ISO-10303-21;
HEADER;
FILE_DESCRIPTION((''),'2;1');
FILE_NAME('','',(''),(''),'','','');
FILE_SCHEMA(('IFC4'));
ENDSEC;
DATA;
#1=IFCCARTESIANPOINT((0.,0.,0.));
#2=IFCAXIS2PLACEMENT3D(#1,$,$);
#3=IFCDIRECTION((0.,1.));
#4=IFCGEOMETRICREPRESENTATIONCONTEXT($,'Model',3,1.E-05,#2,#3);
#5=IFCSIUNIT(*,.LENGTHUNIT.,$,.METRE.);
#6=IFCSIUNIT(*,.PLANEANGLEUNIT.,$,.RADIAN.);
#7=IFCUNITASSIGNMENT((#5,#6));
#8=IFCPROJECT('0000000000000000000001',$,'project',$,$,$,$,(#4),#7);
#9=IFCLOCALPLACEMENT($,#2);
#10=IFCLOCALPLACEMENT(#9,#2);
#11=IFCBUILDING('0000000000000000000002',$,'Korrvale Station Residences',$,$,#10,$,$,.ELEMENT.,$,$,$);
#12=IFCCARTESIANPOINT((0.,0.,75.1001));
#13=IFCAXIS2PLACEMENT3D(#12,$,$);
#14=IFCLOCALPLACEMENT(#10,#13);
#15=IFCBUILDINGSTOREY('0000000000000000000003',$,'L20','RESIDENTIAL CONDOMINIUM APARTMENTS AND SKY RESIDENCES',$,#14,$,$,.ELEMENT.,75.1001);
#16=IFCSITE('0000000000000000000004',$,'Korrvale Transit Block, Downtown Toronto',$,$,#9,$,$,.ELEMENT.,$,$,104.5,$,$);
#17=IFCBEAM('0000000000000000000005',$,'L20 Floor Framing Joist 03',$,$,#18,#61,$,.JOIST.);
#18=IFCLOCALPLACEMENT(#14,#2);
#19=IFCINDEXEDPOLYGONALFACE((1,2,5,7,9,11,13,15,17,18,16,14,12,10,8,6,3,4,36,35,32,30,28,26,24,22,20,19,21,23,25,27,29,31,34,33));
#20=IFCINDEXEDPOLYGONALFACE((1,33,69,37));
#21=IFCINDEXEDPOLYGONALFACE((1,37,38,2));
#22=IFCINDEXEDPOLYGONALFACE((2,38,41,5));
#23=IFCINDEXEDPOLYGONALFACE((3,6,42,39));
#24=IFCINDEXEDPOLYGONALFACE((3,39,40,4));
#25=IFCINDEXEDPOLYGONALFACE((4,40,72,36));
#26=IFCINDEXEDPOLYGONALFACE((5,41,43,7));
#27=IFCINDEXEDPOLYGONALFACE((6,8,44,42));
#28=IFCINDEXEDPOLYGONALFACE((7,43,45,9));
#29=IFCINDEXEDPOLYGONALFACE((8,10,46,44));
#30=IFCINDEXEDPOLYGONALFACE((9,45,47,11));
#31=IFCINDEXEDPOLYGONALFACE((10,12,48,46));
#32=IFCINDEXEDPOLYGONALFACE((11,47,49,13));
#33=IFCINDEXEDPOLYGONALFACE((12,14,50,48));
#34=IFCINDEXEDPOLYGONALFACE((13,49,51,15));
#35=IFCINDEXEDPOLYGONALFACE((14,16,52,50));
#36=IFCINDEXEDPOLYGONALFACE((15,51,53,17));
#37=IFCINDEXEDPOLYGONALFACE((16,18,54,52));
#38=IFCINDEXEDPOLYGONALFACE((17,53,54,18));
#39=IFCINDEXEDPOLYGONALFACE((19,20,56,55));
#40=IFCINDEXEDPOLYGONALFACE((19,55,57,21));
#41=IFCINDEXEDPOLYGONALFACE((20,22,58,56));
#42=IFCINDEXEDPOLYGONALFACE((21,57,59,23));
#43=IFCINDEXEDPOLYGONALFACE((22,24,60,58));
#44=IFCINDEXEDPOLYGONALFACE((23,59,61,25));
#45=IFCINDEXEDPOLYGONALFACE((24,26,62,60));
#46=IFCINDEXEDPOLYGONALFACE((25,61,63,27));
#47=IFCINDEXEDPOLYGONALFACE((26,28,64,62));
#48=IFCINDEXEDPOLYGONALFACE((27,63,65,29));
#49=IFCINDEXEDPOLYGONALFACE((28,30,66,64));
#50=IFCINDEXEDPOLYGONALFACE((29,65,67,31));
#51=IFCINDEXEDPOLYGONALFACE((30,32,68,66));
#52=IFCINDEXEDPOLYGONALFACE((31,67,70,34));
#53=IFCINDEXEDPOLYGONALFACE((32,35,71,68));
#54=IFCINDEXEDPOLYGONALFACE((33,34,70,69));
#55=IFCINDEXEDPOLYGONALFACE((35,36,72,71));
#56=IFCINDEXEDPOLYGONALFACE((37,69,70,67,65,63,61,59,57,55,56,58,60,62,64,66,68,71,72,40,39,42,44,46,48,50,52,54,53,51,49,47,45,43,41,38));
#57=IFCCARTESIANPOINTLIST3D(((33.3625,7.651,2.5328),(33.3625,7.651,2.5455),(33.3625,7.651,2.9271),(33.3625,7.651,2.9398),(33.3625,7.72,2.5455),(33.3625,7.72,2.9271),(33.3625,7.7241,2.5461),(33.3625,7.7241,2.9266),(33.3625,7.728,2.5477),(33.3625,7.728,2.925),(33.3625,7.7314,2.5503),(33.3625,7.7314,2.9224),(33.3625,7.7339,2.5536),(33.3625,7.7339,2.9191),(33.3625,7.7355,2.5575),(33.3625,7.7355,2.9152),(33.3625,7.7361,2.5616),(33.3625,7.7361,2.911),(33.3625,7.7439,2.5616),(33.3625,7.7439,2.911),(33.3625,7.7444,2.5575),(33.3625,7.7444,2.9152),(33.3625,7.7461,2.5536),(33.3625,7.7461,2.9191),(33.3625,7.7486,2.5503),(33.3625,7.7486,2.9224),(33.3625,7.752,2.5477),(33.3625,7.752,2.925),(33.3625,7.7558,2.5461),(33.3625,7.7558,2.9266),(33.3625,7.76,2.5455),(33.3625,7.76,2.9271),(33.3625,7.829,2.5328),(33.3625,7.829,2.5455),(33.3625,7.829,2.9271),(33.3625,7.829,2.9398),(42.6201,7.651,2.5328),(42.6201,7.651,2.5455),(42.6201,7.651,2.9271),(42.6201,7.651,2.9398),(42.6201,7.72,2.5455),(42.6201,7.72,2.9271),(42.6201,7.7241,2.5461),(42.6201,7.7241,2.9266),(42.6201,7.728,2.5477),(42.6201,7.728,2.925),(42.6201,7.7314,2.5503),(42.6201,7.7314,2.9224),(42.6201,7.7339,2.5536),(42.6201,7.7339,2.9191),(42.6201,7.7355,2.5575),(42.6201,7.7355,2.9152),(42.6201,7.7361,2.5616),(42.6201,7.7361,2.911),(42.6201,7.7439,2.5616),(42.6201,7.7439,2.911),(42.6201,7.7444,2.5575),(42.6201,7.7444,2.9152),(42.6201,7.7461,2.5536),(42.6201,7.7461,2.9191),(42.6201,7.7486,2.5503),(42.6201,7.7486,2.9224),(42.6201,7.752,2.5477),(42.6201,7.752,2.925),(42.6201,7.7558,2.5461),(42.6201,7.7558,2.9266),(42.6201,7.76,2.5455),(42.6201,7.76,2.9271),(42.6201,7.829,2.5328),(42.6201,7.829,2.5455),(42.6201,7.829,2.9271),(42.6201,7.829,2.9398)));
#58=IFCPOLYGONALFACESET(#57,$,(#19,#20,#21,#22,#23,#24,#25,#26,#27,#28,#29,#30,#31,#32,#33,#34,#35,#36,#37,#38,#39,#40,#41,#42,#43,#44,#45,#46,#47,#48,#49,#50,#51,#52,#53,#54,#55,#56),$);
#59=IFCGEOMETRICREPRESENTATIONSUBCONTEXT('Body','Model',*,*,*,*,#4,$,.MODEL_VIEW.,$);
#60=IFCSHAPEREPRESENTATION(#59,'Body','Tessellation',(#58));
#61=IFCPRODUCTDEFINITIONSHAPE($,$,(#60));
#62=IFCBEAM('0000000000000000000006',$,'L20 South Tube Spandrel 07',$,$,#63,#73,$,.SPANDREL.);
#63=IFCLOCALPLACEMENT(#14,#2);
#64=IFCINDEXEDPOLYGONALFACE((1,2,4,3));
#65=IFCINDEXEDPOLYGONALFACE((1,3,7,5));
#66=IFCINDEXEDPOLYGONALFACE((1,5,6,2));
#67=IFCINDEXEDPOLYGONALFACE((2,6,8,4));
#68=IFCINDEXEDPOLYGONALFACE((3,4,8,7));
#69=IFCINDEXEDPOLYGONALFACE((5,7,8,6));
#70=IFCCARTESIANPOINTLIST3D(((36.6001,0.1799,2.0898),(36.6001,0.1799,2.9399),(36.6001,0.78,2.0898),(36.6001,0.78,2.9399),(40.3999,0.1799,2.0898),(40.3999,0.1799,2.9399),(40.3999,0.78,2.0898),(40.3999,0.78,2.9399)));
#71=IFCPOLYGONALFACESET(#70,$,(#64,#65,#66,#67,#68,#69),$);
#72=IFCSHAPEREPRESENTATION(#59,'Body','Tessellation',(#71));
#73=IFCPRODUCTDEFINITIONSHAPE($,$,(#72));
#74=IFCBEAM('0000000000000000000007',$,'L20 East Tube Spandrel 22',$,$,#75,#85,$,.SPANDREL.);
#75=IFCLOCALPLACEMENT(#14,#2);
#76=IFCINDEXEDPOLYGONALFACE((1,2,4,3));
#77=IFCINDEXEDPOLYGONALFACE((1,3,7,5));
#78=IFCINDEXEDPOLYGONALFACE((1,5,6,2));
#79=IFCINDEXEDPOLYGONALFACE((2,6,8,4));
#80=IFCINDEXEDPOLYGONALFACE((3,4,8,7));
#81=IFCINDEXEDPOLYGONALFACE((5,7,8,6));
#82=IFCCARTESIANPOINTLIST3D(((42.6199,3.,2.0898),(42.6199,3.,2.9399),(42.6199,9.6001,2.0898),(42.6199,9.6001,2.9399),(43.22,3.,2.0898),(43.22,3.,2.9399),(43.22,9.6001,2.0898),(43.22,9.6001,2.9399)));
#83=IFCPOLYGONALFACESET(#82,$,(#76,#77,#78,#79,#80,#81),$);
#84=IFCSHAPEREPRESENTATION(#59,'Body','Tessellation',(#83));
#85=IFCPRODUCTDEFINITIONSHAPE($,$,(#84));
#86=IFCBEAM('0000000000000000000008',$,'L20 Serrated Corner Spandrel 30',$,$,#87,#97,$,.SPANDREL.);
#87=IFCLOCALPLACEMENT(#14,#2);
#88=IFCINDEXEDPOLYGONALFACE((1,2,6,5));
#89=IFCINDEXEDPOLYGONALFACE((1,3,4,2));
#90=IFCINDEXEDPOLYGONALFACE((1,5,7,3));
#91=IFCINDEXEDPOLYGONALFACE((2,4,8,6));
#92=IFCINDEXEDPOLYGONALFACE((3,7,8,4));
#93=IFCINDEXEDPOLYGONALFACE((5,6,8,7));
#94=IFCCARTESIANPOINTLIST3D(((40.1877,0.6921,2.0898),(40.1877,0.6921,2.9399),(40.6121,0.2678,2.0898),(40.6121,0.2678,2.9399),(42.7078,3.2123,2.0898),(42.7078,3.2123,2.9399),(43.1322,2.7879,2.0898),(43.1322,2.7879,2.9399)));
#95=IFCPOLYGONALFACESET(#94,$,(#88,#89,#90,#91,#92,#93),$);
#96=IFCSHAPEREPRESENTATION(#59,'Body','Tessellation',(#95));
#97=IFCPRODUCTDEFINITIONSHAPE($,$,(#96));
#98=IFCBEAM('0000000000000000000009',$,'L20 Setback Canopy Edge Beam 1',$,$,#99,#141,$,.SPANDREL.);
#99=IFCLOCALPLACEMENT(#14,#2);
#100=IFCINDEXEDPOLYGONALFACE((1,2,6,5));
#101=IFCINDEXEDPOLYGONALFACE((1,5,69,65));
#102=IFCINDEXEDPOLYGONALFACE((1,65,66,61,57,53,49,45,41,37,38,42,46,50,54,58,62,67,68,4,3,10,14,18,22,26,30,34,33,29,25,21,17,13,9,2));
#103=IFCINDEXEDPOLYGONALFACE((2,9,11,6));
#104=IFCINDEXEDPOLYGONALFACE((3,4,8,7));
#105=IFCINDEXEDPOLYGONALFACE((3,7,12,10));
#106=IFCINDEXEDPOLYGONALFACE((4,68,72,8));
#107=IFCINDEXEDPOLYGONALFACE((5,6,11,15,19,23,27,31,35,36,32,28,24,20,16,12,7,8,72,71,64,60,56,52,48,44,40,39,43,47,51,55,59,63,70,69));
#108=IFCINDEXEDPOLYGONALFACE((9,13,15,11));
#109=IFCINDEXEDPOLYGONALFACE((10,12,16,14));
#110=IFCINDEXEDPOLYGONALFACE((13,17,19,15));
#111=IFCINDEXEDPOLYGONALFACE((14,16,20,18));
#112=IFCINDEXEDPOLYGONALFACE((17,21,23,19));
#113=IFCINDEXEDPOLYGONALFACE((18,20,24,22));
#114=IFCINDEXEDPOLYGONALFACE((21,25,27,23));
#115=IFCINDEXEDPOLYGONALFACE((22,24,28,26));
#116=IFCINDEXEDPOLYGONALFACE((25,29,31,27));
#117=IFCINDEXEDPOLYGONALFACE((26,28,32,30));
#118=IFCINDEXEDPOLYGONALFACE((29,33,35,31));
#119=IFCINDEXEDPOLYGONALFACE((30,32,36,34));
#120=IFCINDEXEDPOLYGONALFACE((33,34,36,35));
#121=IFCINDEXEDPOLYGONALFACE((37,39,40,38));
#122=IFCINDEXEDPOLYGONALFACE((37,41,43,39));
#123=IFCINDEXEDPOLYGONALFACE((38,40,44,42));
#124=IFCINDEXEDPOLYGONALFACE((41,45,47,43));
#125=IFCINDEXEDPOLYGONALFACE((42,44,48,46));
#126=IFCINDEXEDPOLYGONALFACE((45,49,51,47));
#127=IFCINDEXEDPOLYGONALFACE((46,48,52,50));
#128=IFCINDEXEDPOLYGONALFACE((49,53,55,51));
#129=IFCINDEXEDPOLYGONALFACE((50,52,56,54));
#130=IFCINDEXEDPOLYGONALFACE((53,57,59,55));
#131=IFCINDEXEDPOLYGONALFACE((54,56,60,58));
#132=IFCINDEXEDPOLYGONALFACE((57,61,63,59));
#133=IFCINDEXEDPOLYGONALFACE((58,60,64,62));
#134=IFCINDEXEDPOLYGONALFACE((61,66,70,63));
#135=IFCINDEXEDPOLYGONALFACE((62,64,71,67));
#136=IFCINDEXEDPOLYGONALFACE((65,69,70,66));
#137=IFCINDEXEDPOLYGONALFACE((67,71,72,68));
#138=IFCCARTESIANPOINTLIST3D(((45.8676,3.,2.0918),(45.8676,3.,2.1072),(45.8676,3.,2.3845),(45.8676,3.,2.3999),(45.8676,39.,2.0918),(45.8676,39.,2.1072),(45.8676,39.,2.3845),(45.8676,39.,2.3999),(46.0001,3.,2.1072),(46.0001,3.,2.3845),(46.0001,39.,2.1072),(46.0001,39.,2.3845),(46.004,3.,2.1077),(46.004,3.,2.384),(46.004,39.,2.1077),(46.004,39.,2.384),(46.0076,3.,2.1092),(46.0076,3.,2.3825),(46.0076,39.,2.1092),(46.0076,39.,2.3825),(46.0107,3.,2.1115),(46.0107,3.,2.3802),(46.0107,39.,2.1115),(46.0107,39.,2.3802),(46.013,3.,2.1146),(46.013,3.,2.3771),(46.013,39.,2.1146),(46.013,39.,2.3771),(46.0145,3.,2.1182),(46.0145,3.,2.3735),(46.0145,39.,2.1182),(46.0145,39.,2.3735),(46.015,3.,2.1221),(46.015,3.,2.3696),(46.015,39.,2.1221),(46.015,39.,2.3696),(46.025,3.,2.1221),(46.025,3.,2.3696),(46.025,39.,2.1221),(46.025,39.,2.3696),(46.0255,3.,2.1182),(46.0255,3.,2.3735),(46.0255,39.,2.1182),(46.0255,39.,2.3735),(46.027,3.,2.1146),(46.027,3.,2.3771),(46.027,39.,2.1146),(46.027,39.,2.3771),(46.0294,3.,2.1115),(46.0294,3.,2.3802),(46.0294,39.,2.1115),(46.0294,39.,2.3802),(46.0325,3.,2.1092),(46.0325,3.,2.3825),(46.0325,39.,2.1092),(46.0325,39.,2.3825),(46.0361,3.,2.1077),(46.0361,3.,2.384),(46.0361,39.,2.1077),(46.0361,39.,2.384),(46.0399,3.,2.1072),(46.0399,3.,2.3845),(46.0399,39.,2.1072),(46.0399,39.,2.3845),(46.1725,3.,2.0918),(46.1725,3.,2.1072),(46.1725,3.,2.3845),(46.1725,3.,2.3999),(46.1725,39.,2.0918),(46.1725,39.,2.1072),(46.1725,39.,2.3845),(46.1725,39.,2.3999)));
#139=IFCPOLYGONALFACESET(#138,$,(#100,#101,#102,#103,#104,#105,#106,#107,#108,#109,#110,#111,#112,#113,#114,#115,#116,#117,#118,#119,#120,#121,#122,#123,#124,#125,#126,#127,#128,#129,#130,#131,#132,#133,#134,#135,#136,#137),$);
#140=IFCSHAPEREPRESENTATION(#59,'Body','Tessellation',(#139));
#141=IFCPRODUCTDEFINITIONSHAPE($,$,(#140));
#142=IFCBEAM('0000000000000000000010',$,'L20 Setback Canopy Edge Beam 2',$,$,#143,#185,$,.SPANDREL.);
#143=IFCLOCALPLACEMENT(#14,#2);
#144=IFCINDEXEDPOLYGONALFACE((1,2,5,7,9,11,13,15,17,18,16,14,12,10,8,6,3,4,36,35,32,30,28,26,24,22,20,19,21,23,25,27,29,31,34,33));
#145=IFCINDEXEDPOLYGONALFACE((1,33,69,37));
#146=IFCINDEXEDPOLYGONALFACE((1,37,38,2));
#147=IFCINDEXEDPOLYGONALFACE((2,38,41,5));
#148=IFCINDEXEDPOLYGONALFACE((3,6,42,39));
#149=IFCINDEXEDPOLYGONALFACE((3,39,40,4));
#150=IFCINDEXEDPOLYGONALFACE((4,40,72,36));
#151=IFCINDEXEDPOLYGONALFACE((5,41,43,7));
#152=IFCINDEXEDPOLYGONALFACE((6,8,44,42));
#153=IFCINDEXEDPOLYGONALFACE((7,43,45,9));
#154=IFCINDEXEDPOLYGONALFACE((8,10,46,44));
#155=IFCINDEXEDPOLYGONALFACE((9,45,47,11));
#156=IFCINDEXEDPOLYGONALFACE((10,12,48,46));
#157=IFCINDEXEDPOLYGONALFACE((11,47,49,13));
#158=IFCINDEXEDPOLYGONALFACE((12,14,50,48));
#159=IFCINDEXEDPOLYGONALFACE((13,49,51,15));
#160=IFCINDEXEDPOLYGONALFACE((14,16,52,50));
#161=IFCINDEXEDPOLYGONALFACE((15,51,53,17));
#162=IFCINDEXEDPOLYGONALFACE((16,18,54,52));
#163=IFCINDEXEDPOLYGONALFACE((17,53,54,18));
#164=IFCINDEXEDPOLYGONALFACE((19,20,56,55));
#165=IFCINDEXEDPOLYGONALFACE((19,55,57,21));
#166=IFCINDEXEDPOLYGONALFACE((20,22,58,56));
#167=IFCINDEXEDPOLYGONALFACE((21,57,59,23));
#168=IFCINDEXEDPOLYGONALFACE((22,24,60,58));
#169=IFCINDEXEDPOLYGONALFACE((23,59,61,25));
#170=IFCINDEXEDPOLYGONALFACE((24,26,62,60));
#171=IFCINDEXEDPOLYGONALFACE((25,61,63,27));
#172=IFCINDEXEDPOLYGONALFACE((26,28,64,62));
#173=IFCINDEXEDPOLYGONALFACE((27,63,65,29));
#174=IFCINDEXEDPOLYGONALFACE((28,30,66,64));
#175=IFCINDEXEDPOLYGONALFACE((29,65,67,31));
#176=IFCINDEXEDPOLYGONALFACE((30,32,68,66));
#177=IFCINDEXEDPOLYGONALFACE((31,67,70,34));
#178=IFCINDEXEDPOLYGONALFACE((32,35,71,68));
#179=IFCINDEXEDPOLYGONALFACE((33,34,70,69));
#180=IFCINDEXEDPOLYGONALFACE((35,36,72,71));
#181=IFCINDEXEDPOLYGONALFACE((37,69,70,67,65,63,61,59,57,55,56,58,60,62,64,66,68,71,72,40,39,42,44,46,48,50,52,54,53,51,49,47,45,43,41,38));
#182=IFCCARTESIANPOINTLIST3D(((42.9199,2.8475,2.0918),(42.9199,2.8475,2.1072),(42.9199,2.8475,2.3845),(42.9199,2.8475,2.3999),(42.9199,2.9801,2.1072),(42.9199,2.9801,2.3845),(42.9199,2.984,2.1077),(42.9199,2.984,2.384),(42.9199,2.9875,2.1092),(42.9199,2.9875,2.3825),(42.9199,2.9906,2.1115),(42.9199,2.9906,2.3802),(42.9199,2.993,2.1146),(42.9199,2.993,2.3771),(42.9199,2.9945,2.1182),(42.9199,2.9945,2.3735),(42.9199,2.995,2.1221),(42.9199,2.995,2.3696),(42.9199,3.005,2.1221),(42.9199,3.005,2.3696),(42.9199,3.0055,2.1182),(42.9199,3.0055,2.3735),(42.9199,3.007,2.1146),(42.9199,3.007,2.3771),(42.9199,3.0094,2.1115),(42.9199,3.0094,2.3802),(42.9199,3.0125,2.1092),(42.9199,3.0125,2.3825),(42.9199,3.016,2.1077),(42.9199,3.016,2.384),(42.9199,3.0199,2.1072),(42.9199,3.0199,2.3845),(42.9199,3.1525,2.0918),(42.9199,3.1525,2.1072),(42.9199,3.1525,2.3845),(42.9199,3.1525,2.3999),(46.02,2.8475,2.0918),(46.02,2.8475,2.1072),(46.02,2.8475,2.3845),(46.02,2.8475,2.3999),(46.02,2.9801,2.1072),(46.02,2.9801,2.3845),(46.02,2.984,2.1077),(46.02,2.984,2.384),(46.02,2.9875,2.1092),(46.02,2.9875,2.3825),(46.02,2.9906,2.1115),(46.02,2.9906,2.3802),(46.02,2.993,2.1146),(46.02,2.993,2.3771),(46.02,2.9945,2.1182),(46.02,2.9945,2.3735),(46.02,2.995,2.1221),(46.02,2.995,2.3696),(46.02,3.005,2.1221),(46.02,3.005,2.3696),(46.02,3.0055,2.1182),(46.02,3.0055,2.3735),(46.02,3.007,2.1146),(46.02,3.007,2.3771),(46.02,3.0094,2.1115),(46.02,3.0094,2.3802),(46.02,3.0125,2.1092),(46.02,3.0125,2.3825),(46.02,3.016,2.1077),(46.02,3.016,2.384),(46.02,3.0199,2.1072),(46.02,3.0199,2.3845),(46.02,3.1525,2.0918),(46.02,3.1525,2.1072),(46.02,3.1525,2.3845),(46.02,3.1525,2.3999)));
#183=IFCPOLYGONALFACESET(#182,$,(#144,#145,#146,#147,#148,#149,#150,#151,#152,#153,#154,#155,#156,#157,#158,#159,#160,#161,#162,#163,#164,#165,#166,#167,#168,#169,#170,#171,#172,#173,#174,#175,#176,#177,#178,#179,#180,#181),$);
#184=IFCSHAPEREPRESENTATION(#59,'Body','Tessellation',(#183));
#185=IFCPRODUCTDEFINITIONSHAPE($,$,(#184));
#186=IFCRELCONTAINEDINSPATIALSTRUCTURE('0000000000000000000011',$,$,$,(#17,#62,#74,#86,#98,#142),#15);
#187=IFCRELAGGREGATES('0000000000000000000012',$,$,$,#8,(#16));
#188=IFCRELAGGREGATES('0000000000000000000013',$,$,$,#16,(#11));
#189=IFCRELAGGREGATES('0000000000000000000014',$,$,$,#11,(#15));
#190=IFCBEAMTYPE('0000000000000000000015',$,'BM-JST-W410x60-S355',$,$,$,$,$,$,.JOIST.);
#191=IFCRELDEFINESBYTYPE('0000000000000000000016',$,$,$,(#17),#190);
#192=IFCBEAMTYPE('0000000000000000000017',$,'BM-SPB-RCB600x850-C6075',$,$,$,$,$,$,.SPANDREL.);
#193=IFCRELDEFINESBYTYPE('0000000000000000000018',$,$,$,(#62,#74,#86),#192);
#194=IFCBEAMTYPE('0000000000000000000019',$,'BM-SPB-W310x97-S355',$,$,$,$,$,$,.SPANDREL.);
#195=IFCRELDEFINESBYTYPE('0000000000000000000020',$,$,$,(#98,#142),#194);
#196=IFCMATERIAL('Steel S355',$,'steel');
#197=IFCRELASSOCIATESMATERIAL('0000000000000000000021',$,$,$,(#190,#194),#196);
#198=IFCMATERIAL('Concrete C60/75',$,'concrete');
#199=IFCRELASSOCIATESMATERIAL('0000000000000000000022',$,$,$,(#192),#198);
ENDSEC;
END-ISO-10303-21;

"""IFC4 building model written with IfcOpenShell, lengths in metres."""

from ifc_helpers import new_model, si_unit, direction, frame, origin, origin_2d, place, context, subcontext, project, spatial, rectangle, i_section, extrude, material, material_profile, profile_set, type_object, element, save


model = new_model("IFC4")

# Units and contexts
model_context = context("Model", 3, precision=1e-05, world=origin(), true_north=direction((0.0, 1.0)))
body_context = subcontext(model_context, "Body", "Model", "MODEL_VIEW")
ifc_project = project(units=[si_unit("LENGTHUNIT", "METRE"), si_unit("PLANEANGLEUNIT", "RADIAN")], contexts=[model_context])

# Site, building, storey
site_placement = place(None, origin())
site = spatial("IfcSite", under=ifc_project, at=site_placement, Name="Korrvale Transit Block, Downtown Toronto", CompositionType="ELEMENT", RefElevation=104.5)
building_placement = place(site_placement, origin())
building = spatial("IfcBuilding", under=site, at=building_placement, Name="Korrvale Station Residences", CompositionType="ELEMENT")
storey_placement = place(building_placement, frame((0.0, 0.0, 75.1001)))
storey = spatial("IfcBuildingStorey", under=building, at=storey_placement, Name="L20", Description="RESIDENTIAL CONDOMINIUM APARTMENTS AND SKY RESIDENCES", CompositionType="ELEMENT", Elevation=75.1001)

# Shared definitions
ifc_material_1 = material(Name="Steel S355", Category="steel")
ifc_material_2 = material(Name="Concrete C60/75", Category="concrete")

# Beams
ifc_material_profile_1 = material_profile(ifc_material_1, i_section(OverallWidth=0.178, OverallDepth=0.407, WebThickness=0.0078, FlangeThickness=0.0127, FilletRadius=0.0161, at=origin_2d()), Name="W410x60")
ifc_profile_set_1 = profile_set([ifc_material_profile_1], Name="Steel S355")
beam_type_1 = type_object("IfcBeamType", Name="BM-JST-W410x60-S355", PredefinedType="JOIST", material=ifc_profile_set_1)
beam_1_placement = place(storey_placement, frame((33.3625, 7.74, 2.7363), z_axis=(1.0, 0.0, 0.0), x_axis=(0.0, 1.0, 0.0)))
element("IfcBeam", 1, at=beam_1_placement, inside=storey, type_object=beam_type_1, Name="L20 Floor Framing Joist 03", PredefinedType="JOIST", context=body_context, shape_type="SweptSolid", body=[
    extrude(i_section(OverallWidth=0.178, OverallDepth=0.407, WebThickness=0.0078, FlangeThickness=0.0127, FilletRadius=0.0161, at=origin_2d()), origin(), (0.0, 0.0, 1.0), 9.2576),
])
ifc_material_profile_2 = material_profile(ifc_material_2, rectangle(XDim=0.6001, YDim=0.8501, at=origin_2d()), Name="RCB600x850")
ifc_profile_set_2 = profile_set([ifc_material_profile_2], Name="Concrete C60/75")
beam_type_2 = type_object("IfcBeamType", Name="BM-SPB-RCB600x850-C6075", PredefinedType="SPANDREL", material=ifc_profile_set_2)
beam_2_placement = place(storey_placement, frame((36.6001, 0.48, 2.5149), z_axis=(1.0, 0.0, 0.0), x_axis=(0.0, 1.0, 0.0)))
element("IfcBeam", 2, at=beam_2_placement, inside=storey, type_object=beam_type_2, Name="L20 South Tube Spandrel 07", PredefinedType="SPANDREL", context=body_context, shape_type="SweptSolid", body=[
    extrude(rectangle(XDim=0.6001, YDim=0.8501, at=origin_2d()), origin(), (0.0, 0.0, 1.0), 3.7998),
])
beam_3_placement = place(storey_placement, frame((42.9199, 3.0, 2.5149), z_axis=(0.0, 1.0, 0.0), x_axis=(-1.0, 0.0, 0.0)))
element("IfcBeam", 3, at=beam_3_placement, inside=storey, type_object=beam_type_2, Name="L20 East Tube Spandrel 22", PredefinedType="SPANDREL", context=body_context, shape_type="SweptSolid", body=[
    extrude(rectangle(XDim=0.6001, YDim=0.8501, at=origin_2d()), origin(), (0.0, 0.0, 1.0), 6.6001),
])
beam_4_placement = place(storey_placement, frame((40.3999, 0.48, 2.5149), z_axis=(0.707107, 0.707107, 0.0), x_axis=(-0.707107, 0.707107, 0.0)))
element("IfcBeam", 4, at=beam_4_placement, inside=storey, type_object=beam_type_2, Name="L20 Serrated Corner Spandrel 30", PredefinedType="SPANDREL", context=body_context, shape_type="SweptSolid", body=[
    extrude(rectangle(XDim=0.6001, YDim=0.8501, at=origin_2d()), origin(), (0.0, 0.0, 1.0), 3.564),
])
ifc_material_profile_3 = material_profile(ifc_material_1, i_section(OverallWidth=0.3049, OverallDepth=0.3081, WebThickness=0.01, FlangeThickness=0.0154, FilletRadius=0.0149, at=origin_2d()), Name="W310x97")
ifc_profile_set_3 = profile_set([ifc_material_profile_3], Name="Steel S355")
beam_type_3 = type_object("IfcBeamType", Name="BM-SPB-W310x97-S355", PredefinedType="SPANDREL", material=ifc_profile_set_3)
beam_5_placement = place(storey_placement, frame((46.02, 3.0, 2.2458), z_axis=(0.0, 1.0, 0.0), x_axis=(-1.0, 0.0, 0.0)))
element("IfcBeam", 5, at=beam_5_placement, inside=storey, type_object=beam_type_3, Name="L20 Setback Canopy Edge Beam 1", PredefinedType="SPANDREL", context=body_context, shape_type="SweptSolid", body=[
    extrude(i_section(OverallWidth=0.3049, OverallDepth=0.3081, WebThickness=0.01, FlangeThickness=0.0154, FilletRadius=0.0149, at=origin_2d()), origin(), (0.0, 0.0, 1.0), 36.0),
])
beam_6_placement = place(storey_placement, frame((46.02, 3.0, 2.2458), z_axis=(-1.0, 0.0, 0.0), x_axis=(0.0, -1.0, 0.0)))
element("IfcBeam", 6, at=beam_6_placement, inside=storey, type_object=beam_type_3, Name="L20 Setback Canopy Edge Beam 2", PredefinedType="SPANDREL", context=body_context, shape_type="SweptSolid", body=[
    extrude(i_section(OverallWidth=0.3049, OverallDepth=0.3081, WebThickness=0.01, FlangeThickness=0.0154, FilletRadius=0.0149, at=origin_2d()), origin(), (0.0, 0.0, 1.0), 3.1001),
])

save(model, "model.ifc")
